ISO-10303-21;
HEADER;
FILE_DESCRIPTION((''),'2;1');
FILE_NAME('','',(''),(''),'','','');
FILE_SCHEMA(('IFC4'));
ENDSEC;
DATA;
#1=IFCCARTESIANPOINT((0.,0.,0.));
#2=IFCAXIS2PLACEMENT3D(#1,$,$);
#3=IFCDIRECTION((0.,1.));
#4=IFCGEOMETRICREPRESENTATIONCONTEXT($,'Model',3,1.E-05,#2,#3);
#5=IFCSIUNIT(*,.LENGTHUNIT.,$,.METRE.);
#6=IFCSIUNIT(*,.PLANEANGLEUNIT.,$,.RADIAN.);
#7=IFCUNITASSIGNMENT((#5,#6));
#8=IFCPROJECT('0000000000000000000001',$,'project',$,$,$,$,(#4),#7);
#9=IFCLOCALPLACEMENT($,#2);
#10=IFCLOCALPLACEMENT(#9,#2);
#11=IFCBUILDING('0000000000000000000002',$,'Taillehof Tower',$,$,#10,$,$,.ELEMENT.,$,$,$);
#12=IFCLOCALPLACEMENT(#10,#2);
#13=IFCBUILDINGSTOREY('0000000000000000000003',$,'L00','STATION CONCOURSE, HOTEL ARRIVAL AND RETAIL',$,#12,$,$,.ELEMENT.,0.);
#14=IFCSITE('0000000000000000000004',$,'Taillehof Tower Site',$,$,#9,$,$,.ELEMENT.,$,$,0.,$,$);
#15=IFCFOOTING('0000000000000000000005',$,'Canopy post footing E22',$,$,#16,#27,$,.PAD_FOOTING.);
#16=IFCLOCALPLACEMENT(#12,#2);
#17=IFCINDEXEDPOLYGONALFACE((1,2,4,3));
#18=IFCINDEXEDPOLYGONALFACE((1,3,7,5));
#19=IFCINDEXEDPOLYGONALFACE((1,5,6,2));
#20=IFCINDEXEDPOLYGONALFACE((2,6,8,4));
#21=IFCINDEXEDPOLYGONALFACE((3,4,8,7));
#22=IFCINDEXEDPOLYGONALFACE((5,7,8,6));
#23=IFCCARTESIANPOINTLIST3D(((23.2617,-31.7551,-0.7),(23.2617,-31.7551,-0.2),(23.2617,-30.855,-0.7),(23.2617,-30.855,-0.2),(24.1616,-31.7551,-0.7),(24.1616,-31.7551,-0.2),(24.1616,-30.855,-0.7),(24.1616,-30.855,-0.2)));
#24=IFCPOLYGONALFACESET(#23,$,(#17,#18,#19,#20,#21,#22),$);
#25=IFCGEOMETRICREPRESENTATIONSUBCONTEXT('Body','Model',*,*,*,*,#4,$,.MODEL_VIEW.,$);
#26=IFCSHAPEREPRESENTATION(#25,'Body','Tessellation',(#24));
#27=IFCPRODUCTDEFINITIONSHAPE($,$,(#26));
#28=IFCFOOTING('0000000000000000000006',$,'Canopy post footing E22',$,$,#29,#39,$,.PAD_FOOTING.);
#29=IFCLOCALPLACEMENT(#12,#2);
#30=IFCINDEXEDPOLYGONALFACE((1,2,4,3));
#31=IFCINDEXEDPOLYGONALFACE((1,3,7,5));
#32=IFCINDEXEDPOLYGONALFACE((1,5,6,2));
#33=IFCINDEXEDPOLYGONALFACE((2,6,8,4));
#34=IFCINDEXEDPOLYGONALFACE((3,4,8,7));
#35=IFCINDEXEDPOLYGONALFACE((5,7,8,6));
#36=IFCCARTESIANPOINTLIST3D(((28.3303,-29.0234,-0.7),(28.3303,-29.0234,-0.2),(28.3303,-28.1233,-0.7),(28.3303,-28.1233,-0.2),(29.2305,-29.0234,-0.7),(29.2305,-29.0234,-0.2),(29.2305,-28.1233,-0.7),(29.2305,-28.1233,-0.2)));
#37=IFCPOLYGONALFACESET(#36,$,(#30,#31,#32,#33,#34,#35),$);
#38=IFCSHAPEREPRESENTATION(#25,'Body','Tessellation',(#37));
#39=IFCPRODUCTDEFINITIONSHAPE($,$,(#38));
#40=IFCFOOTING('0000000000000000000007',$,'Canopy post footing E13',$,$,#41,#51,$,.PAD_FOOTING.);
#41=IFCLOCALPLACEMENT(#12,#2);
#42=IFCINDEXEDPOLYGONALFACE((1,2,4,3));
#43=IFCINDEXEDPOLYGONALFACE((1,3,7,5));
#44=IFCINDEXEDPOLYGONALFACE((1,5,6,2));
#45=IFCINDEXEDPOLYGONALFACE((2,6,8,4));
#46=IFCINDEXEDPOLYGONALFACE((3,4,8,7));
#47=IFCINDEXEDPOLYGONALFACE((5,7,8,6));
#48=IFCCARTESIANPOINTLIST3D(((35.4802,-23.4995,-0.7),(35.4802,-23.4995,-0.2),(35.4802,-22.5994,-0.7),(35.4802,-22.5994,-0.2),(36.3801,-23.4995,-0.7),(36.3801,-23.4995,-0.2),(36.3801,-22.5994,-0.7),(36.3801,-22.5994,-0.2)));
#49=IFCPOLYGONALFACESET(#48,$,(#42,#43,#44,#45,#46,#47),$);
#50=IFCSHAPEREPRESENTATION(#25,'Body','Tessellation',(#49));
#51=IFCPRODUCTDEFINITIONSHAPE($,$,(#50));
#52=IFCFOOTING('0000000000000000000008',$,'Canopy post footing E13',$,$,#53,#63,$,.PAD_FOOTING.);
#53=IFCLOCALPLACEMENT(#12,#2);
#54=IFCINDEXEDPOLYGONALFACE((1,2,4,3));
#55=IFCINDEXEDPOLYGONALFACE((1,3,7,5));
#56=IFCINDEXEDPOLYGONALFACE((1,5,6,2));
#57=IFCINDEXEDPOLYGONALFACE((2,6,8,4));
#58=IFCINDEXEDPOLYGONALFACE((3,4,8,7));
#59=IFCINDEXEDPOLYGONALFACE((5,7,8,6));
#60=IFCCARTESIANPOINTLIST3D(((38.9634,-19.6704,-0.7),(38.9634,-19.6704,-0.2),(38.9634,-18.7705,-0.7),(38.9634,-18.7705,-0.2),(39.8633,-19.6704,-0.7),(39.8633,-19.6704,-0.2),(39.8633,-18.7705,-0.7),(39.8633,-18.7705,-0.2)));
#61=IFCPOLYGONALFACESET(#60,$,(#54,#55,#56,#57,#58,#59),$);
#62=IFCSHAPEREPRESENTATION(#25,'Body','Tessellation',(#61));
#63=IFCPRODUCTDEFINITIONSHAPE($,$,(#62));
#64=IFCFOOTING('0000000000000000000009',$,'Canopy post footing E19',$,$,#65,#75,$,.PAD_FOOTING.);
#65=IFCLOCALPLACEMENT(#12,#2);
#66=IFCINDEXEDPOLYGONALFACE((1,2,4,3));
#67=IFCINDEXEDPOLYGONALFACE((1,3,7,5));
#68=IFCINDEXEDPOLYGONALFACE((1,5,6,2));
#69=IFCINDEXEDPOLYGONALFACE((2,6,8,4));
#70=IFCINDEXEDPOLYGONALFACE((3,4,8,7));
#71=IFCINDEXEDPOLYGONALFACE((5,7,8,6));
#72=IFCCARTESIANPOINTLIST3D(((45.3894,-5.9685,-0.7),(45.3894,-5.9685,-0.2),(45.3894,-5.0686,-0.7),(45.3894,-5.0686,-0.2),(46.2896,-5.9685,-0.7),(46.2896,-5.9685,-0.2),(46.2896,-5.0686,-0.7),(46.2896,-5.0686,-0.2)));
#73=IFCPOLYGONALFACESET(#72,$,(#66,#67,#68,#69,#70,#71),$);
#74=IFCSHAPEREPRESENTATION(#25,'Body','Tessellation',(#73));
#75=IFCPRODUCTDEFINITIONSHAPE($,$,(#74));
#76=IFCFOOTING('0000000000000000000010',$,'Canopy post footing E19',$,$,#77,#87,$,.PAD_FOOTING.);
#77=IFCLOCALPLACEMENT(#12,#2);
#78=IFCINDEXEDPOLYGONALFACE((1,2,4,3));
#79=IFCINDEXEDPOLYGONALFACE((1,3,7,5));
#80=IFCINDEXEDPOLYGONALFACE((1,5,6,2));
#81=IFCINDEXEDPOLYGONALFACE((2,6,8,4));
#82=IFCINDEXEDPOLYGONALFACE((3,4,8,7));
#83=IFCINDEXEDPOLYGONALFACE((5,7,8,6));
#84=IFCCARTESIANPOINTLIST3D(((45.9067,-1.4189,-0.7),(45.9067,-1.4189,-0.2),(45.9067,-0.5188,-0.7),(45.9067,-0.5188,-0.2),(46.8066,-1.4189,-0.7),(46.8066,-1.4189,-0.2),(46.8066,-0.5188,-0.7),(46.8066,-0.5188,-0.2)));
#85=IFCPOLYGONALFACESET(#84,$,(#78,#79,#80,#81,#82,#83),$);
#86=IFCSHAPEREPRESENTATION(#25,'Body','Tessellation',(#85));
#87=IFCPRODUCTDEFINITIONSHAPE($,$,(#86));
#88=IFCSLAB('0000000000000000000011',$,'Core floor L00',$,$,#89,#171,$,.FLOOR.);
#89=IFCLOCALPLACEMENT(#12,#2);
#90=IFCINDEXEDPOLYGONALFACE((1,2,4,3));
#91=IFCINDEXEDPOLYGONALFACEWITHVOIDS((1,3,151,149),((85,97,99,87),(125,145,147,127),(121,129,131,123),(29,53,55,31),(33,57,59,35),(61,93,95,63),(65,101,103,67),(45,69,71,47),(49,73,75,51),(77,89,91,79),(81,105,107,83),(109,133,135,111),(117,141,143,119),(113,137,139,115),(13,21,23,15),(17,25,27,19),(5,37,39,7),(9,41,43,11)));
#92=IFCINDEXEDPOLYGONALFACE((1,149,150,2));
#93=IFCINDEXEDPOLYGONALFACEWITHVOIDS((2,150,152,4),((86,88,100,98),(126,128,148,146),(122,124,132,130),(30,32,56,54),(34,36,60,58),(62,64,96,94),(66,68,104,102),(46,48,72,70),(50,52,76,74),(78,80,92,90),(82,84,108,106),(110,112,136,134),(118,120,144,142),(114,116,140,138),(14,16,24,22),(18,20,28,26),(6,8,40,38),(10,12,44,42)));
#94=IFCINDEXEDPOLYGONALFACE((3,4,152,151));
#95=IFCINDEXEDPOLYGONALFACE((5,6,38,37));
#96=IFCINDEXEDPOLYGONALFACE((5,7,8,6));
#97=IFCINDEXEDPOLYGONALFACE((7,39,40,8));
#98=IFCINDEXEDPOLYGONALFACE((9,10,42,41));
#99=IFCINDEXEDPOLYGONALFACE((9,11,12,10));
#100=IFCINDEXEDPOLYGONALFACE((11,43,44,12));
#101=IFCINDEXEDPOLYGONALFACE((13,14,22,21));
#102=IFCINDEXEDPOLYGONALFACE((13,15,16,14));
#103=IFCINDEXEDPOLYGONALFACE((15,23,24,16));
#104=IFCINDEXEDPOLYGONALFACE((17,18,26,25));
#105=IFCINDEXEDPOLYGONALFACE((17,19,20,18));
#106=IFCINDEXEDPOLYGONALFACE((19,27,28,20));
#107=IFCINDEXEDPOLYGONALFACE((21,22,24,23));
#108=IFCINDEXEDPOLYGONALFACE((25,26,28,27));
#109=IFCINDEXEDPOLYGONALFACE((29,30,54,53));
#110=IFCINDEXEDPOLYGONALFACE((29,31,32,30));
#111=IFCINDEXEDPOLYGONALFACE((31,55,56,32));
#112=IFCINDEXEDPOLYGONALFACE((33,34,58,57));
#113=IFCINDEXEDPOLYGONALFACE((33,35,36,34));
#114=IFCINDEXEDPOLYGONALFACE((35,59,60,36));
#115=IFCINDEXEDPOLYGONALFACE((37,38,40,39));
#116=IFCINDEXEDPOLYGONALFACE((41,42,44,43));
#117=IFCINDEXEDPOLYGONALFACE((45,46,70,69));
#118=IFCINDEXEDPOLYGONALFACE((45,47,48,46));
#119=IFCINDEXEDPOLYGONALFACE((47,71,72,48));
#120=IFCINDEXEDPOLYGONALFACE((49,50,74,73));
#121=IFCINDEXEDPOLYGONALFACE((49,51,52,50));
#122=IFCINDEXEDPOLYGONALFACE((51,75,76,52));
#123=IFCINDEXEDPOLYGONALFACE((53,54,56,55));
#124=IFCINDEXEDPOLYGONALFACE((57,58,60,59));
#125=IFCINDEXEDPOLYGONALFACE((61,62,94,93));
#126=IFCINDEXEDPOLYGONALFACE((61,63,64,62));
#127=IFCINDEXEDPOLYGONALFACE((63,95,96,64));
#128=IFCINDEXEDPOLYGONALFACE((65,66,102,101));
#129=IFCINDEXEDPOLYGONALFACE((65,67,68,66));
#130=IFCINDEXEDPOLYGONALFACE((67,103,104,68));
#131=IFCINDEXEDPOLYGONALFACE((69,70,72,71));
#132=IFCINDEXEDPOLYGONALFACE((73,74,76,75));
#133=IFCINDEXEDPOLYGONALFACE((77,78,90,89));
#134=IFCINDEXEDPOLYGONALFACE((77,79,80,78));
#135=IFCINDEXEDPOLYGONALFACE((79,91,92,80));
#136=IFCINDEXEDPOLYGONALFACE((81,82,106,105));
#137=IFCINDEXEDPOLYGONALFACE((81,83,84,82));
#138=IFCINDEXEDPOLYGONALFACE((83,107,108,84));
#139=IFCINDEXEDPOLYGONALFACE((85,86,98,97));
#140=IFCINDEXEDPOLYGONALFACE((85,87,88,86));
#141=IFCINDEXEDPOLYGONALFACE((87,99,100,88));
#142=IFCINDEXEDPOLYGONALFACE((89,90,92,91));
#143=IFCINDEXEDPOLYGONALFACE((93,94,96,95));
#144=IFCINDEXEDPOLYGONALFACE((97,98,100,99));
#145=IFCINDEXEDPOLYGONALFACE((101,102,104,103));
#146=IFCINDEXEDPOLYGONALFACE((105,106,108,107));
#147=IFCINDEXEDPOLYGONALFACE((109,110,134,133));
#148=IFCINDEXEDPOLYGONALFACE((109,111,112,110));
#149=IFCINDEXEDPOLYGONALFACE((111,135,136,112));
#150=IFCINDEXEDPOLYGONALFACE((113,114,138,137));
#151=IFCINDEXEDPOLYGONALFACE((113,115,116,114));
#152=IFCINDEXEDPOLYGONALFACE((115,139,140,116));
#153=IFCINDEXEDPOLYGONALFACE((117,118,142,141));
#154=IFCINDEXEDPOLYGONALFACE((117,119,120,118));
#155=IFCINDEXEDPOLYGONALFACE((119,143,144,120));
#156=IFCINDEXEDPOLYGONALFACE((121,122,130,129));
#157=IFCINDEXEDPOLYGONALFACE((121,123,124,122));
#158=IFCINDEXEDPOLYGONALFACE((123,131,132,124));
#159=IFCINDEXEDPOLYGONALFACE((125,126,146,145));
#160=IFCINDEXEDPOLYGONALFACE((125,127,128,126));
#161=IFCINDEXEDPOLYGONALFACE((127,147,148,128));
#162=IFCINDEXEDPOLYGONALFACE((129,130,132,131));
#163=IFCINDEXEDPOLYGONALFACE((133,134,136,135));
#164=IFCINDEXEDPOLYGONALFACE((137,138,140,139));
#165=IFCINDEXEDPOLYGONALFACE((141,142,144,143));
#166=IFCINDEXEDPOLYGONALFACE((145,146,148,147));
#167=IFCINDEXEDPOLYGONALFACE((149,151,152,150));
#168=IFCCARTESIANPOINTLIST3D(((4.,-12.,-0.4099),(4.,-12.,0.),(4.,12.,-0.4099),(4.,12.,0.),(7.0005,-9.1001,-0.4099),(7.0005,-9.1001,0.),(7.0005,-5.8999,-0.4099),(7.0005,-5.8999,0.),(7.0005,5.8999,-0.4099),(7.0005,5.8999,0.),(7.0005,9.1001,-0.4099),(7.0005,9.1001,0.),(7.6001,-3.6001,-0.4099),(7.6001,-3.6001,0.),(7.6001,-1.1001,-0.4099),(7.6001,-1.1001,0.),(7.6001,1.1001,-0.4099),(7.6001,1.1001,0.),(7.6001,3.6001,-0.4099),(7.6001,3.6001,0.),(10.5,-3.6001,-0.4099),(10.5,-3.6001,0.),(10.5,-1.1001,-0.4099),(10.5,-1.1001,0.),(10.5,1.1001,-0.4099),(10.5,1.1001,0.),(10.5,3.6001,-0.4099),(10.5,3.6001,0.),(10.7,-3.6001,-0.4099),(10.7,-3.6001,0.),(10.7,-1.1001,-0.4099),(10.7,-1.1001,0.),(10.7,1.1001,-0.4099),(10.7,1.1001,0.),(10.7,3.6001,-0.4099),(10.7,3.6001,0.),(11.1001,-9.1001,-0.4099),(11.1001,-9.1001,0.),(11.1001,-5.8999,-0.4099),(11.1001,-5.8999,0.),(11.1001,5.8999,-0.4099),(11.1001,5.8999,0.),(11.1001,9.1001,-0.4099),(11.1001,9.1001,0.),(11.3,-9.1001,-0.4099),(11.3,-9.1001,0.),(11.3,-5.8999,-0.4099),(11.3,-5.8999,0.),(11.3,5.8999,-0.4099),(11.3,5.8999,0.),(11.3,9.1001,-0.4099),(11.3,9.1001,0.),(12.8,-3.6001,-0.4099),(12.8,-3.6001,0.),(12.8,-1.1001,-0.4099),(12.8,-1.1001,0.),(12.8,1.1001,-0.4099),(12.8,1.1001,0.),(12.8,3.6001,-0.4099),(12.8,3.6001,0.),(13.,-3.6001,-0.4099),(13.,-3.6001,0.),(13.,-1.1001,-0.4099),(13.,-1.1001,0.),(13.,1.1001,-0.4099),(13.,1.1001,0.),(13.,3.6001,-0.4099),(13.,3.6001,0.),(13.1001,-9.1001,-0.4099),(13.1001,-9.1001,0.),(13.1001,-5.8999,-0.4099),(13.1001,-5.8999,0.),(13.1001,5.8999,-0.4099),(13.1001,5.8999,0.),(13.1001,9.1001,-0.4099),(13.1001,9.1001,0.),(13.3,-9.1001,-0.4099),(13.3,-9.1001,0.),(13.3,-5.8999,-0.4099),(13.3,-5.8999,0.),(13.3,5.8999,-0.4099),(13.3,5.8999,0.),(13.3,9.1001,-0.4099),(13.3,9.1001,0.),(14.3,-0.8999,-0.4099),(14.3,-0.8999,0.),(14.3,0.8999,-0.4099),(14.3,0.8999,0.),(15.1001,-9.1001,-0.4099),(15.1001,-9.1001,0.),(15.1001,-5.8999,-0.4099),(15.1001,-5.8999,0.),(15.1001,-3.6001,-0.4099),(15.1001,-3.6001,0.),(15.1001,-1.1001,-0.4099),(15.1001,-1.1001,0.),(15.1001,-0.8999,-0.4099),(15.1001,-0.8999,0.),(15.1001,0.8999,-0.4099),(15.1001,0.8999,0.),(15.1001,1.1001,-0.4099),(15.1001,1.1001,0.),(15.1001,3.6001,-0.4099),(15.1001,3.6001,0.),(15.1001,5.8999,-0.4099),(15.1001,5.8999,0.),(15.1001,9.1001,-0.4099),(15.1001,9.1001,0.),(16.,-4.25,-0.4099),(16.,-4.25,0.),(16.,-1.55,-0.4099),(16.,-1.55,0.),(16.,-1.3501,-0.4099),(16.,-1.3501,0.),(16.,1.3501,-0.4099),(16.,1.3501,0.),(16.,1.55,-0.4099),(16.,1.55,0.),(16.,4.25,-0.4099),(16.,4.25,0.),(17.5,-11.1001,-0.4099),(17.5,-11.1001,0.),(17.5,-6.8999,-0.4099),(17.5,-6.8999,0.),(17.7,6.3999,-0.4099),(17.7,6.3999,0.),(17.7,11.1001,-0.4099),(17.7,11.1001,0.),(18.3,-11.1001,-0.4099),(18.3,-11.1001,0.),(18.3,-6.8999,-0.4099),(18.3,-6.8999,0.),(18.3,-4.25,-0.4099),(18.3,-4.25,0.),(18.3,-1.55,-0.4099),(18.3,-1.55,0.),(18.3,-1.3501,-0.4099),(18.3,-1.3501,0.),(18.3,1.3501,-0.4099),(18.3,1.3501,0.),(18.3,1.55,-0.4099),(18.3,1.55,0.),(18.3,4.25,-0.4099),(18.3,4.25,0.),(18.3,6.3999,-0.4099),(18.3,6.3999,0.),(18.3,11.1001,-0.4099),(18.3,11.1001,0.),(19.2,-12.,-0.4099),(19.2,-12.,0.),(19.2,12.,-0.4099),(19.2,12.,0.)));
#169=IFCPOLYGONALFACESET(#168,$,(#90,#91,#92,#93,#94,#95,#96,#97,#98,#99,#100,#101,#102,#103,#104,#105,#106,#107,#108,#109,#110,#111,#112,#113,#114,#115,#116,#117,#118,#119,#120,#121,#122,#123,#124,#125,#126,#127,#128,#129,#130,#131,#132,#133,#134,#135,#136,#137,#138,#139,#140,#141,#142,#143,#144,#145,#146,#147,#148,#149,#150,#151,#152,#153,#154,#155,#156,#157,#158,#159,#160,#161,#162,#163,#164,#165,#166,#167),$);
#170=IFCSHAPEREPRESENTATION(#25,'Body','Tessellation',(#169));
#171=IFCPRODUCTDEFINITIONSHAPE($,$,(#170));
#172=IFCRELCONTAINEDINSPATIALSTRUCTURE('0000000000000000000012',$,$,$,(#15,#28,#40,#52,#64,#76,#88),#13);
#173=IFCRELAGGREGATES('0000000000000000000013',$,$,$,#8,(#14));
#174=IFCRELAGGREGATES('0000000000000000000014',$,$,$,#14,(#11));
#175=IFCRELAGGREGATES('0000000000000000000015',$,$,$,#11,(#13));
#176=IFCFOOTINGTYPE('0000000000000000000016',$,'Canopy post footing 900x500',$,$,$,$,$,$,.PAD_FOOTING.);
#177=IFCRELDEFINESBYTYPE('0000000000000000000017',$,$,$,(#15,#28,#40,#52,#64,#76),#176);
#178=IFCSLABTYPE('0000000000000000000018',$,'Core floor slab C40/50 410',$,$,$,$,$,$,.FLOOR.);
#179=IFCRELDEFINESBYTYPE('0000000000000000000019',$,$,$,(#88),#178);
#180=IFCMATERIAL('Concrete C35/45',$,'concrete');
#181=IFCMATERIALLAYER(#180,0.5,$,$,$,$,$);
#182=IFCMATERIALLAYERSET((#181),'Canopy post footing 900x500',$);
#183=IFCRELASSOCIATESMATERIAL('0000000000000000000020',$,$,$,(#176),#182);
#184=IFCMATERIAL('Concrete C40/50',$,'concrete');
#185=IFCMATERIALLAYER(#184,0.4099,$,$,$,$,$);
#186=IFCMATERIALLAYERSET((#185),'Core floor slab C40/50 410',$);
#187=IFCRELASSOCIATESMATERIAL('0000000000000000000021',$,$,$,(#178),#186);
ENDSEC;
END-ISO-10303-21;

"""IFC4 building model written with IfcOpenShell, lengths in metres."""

from ifc_helpers import new_model, si_unit, direction, frame, origin, place, context, subcontext, project, spatial, polyline, outline, extrude, material, layer, layer_set, type_object, element, save


model = new_model("IFC4")

# Units and contexts
model_context = context("Model", 3, precision=1e-05, world=origin(), true_north=direction((0.0, 1.0)))
body_context = subcontext(model_context, "Body", "Model", "MODEL_VIEW")
ifc_project = project(units=[si_unit("LENGTHUNIT", "METRE"), si_unit("PLANEANGLEUNIT", "RADIAN")], contexts=[model_context])

# Site, building, storey
site_placement = place(None, origin())
site = spatial("IfcSite", under=ifc_project, at=site_placement, Name="Taillehof Tower Site", CompositionType="ELEMENT", RefElevation=0.0)
building_placement = place(site_placement, origin())
building = spatial("IfcBuilding", under=site, at=building_placement, Name="Taillehof Tower", CompositionType="ELEMENT")
storey_placement = place(building_placement, origin())
storey = spatial("IfcBuildingStorey", under=building, at=storey_placement, Name="L00", Description="STATION CONCOURSE, HOTEL ARRIVAL AND RETAIL", CompositionType="ELEMENT", Elevation=0.0)

# Footings
ifc_material_1 = material(Name="Concrete C35/45", Category="concrete")
ifc_layer_1 = layer(ifc_material_1, 0.5)
ifc_layer_set_1 = layer_set([ifc_layer_1], Name="Canopy post footing 900x500")
footing_type = type_object("IfcFootingType", Name="Canopy post footing 900x500", PredefinedType="PAD_FOOTING", material=ifc_layer_set_1)
footing_1_placement = place(storey_placement, frame((0.0, 0.0, -0.7)))
element("IfcFooting", 1, at=footing_1_placement, inside=storey, type_object=footing_type, Name="Canopy post footing E22", PredefinedType="PAD_FOOTING", context=body_context, shape_type="SweptSolid", body=[
    extrude(outline(polyline([(23.2617, -31.7551), (24.1616, -31.7551), (24.1616, -30.855), (23.2617, -30.855), (23.2617, -31.7551)])), origin(), (0.0, 0.0, 1.0), 0.5),
])
footing_2_placement = place(storey_placement, frame((0.0, 0.0, -0.7)))
element("IfcFooting", 2, at=footing_2_placement, inside=storey, type_object=footing_type, Name="Canopy post footing E22", PredefinedType="PAD_FOOTING", context=body_context, shape_type="SweptSolid", body=[
    extrude(outline(polyline([(28.3303, -29.0234), (29.2305, -29.0234), (29.2305, -28.1233), (28.3303, -28.1233), (28.3303, -29.0234)])), origin(), (0.0, 0.0, 1.0), 0.5),
])
footing_3_placement = place(storey_placement, frame((0.0, 0.0, -0.7)))
element("IfcFooting", 3, at=footing_3_placement, inside=storey, type_object=footing_type, Name="Canopy post footing E13", PredefinedType="PAD_FOOTING", context=body_context, shape_type="SweptSolid", body=[
    extrude(outline(polyline([(35.4802, -23.4995), (36.3801, -23.4995), (36.3801, -22.5994), (35.4802, -22.5994), (35.4802, -23.4995)])), origin(), (0.0, 0.0, 1.0), 0.5),
])
footing_4_placement = place(storey_placement, frame((0.0, 0.0, -0.7)))
element("IfcFooting", 4, at=footing_4_placement, inside=storey, type_object=footing_type, Name="Canopy post footing E13", PredefinedType="PAD_FOOTING", context=body_context, shape_type="SweptSolid", body=[
    extrude(outline(polyline([(38.9634, -19.6704), (39.8633, -19.6704), (39.8633, -18.7705), (38.9634, -18.7705), (38.9634, -19.6704)])), origin(), (0.0, 0.0, 1.0), 0.5),
])
footing_5_placement = place(storey_placement, frame((0.0, 0.0, -0.7)))
element("IfcFooting", 5, at=footing_5_placement, inside=storey, type_object=footing_type, Name="Canopy post footing E19", PredefinedType="PAD_FOOTING", context=body_context, shape_type="SweptSolid", body=[
    extrude(outline(polyline([(45.3894, -5.9685), (46.2896, -5.9685), (46.2896, -5.0686), (45.3894, -5.0686), (45.3894, -5.9685)])), origin(), (0.0, 0.0, 1.0), 0.5),
])
footing_6_placement = place(storey_placement, frame((0.0, 0.0, -0.7)))
element("IfcFooting", 6, at=footing_6_placement, inside=storey, type_object=footing_type, Name="Canopy post footing E19", PredefinedType="PAD_FOOTING", context=body_context, shape_type="SweptSolid", body=[
    extrude(outline(polyline([(45.9067, -1.4189), (46.8066, -1.4189), (46.8066, -0.5188), (45.9067, -0.5188), (45.9067, -1.4189)])), origin(), (0.0, 0.0, 1.0), 0.5),
])

# Slab
ifc_material_2 = material(Name="Concrete C40/50", Category="concrete")
ifc_layer_2 = layer(ifc_material_2, 0.4099)
ifc_layer_set_2 = layer_set([ifc_layer_2], Name="Core floor slab C40/50 410")
slab_type_1 = type_object("IfcSlabType", Name="Core floor slab C40/50 410", PredefinedType="FLOOR", material=ifc_layer_set_2)
slab_1_placement = place(storey_placement, frame((0.0, 0.0, -0.4099)))
element("IfcSlab", 7, at=slab_1_placement, inside=storey, type_object=slab_type_1, Name="Core floor L00", PredefinedType="FLOOR", context=body_context, shape_type="SweptSolid", body=[
    extrude(outline(polyline([(4.0, -12.0), (4.0, 12.0), (19.2, 12.0), (19.2, -12.0), (4.0, -12.0)]), holes=[polyline([(7.0005, -9.1001), (11.1001, -9.1001), (11.1001, -5.8999), (7.0005, -5.8999), (7.0005, -9.1001)]), polyline([(13.1001, -9.1001), (13.1001, -5.8999), (11.3, -5.8999), (11.3, -9.1001), (13.1001, -9.1001)]), polyline([(10.5, -3.6001), (10.5, -1.1001), (7.6001, -1.1001), (7.6001, -3.6001), (10.5, -3.6001)]), polyline([(12.8, -3.6001), (12.8, -1.1001), (10.7, -1.1001), (10.7, -3.6001), (12.8, -3.6001)]), polyline([(10.5, 1.1001), (10.5, 3.6001), (7.6001, 3.6001), (7.6001, 1.1001), (10.5, 1.1001)]), polyline([(12.8, 1.1001), (12.8, 3.6001), (10.7, 3.6001), (10.7, 1.1001), (12.8, 1.1001)]), polyline([(15.1001, 1.1001), (15.1001, 3.6001), (13.0, 3.6001), (13.0, 1.1001), (15.1001, 1.1001)]), polyline([(11.3, 5.8999), (13.1001, 5.8999), (13.1001, 9.1001), (11.3, 9.1001), (11.3, 5.8999)]), polyline([(7.0005, 5.8999), (11.1001, 5.8999), (11.1001, 9.1001), (7.0005, 9.1001), (7.0005, 5.8999)]), polyline([(18.3, -11.1001), (18.3, -6.8999), (17.5, -6.8999), (17.5, -11.1001), (18.3, -11.1001)]), polyline([(15.1001, -9.1001), (15.1001, -5.8999), (13.3, -5.8999), (13.3, -9.1001), (15.1001, -9.1001)]), polyline([(18.3, -4.25), (18.3, -1.55), (16.0, -1.55), (16.0, -4.25), (18.3, -4.25)]), polyline([(15.1001, -3.6001), (15.1001, -1.1001), (13.0, -1.1001), (13.0, -3.6001), (15.1001, -3.6001)]), polyline([(15.1001, -0.8999), (15.1001, 0.8999), (14.3, 0.8999), (14.3, -0.8999), (15.1001, -0.8999)]), polyline([(18.3, -1.3501), (18.3, 1.3501), (16.0, 1.3501), (16.0, -1.3501), (18.3, -1.3501)]), polyline([(18.3, 1.55), (18.3, 4.25), (16.0, 4.25), (16.0, 1.55), (18.3, 1.55)]), polyline([(13.3, 5.8999), (15.1001, 5.8999), (15.1001, 9.1001), (13.3, 9.1001), (13.3, 5.8999)]), polyline([(17.7, 6.3999), (18.3, 6.3999), (18.3, 11.1001), (17.7, 11.1001), (17.7, 6.3999)])]), origin(), (0.0, 0.0, 1.0), 0.4099),
])

save(model, "model.ifc")
